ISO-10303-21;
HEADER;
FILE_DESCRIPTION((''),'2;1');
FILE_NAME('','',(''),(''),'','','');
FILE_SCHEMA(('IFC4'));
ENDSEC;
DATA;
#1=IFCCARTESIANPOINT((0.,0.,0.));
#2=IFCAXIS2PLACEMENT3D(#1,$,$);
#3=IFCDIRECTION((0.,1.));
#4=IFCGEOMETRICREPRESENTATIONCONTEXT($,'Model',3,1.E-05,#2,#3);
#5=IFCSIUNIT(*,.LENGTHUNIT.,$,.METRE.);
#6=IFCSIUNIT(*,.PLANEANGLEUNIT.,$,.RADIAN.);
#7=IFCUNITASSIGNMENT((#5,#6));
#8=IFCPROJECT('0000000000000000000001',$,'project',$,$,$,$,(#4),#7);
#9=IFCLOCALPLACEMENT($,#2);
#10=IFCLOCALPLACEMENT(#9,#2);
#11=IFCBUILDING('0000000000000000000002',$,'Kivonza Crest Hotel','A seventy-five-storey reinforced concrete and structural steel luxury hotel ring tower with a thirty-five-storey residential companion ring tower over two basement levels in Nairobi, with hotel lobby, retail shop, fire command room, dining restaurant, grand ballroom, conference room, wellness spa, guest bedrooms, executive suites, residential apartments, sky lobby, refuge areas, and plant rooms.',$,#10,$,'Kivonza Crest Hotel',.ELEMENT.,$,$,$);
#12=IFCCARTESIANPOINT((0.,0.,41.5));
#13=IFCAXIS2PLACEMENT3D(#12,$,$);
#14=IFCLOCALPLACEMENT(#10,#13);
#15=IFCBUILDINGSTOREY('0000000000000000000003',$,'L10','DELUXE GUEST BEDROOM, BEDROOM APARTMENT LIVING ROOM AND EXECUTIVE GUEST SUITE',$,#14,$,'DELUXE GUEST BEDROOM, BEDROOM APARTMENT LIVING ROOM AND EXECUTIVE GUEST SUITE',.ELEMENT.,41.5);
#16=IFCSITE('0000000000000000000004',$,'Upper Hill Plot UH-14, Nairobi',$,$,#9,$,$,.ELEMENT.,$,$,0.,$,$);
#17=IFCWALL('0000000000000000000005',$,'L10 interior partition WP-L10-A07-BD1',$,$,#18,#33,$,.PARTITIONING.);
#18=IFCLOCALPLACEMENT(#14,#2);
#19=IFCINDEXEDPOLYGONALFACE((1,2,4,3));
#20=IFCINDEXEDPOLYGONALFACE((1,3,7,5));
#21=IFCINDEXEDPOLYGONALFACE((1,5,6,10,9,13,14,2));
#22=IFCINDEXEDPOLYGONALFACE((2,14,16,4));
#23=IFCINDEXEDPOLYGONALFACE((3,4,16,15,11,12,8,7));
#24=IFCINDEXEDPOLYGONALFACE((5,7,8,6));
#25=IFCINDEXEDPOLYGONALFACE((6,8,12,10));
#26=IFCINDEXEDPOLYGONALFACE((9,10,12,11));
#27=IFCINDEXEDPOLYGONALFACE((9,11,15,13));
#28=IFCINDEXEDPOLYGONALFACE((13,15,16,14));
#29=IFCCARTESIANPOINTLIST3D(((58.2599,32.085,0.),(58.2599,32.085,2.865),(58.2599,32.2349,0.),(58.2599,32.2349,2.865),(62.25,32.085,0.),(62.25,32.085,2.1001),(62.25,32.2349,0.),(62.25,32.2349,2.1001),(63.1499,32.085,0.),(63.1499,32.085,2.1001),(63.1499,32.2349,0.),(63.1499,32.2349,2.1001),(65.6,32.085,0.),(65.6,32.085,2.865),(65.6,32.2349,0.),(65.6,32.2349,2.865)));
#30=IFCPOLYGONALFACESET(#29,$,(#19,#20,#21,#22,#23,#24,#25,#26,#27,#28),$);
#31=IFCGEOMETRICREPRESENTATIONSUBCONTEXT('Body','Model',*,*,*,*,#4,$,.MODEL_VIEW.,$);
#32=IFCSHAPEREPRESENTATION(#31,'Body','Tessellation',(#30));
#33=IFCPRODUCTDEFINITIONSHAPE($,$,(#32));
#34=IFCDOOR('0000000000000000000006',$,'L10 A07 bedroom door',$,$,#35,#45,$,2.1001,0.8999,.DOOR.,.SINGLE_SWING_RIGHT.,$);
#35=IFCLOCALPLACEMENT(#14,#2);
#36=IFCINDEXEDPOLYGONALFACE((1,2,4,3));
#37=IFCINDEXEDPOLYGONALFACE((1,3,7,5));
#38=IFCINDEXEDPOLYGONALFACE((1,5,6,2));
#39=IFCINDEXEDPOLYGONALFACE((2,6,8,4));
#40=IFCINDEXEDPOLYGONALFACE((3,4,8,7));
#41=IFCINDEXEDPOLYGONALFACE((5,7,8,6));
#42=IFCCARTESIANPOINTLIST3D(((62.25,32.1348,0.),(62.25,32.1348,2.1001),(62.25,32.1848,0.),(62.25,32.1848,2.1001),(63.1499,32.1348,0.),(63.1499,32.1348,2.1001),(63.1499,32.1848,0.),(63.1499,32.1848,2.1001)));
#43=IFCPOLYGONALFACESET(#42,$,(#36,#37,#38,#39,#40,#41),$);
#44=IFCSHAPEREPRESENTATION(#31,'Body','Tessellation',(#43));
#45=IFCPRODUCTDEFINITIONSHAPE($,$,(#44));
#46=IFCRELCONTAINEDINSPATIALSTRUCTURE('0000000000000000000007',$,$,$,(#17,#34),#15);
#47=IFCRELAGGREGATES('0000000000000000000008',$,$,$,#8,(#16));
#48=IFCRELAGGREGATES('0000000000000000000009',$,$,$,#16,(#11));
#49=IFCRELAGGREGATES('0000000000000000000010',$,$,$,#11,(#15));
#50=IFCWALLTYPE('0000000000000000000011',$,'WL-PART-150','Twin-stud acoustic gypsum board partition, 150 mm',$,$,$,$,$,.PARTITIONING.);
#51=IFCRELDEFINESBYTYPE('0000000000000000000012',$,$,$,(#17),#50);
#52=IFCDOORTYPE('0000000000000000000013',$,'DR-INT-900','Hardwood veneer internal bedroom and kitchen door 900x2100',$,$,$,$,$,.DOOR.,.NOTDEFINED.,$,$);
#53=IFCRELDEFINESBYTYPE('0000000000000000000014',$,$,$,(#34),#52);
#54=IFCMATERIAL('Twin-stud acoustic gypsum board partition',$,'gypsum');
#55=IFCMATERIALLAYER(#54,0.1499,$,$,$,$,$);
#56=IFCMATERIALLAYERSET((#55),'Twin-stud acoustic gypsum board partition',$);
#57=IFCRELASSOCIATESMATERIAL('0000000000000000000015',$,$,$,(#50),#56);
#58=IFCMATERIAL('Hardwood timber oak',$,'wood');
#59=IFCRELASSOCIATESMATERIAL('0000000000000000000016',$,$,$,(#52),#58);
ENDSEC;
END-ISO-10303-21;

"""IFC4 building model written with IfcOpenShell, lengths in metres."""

from ifc_helpers import new_model, si_unit, direction, frame, frame_2d, origin, place, context, subcontext, project, spatial, rectangle, extrude, material, layer, layer_set, type_object, element, fill, save


model = new_model("IFC4")

# Units and contexts
model_context = context("Model", 3, precision=1e-05, world=origin(), true_north=direction((0.0, 1.0)))
body_context = subcontext(model_context, "Body", "Model", "MODEL_VIEW")
ifc_project = project(units=[si_unit("LENGTHUNIT", "METRE"), si_unit("PLANEANGLEUNIT", "RADIAN")], contexts=[model_context])

# Site, building, storey
site_placement = place(None, origin())
site = spatial("IfcSite", under=ifc_project, at=site_placement, Name="Upper Hill Plot UH-14, Nairobi", CompositionType="ELEMENT", RefElevation=0.0)
building_placement = place(site_placement, origin())
building = spatial("IfcBuilding", under=site, at=building_placement, Name="Kivonza Crest Hotel", Description="A seventy-five-storey reinforced concrete and structural steel luxury hotel ring tower with a thirty-five-storey residential companion ring tower over two basement levels in Nairobi, with hotel lobby, retail shop, fire command room, dining restaurant, grand ballroom, conference room, wellness spa, guest bedrooms, executive suites, residential apartments, sky lobby, refuge areas, and plant rooms.", LongName="Kivonza Crest Hotel", CompositionType="ELEMENT")
storey_placement = place(building_placement, frame((0.0, 0.0, 41.5)))
storey = spatial("IfcBuildingStorey", under=building, at=storey_placement, Name="L10", Description="DELUXE GUEST BEDROOM, BEDROOM APARTMENT LIVING ROOM AND EXECUTIVE GUEST SUITE", LongName="DELUXE GUEST BEDROOM, BEDROOM APARTMENT LIVING ROOM AND EXECUTIVE GUEST SUITE", CompositionType="ELEMENT", Elevation=41.5)

# Wall, opening, door
ifc_material_1 = material(Name="Twin-stud acoustic gypsum board partition", Category="gypsum")
ifc_layer_1 = layer(ifc_material_1, 0.1499)
ifc_layer_set_1 = layer_set([ifc_layer_1], Name="Twin-stud acoustic gypsum board partition")
wall_type_1 = type_object("IfcWallType", Name="WL-PART-150", Description="Twin-stud acoustic gypsum board partition, 150 mm", PredefinedType="PARTITIONING", material=ifc_layer_set_1)
wall_1_placement = place(storey_placement, frame((58.26, 32.1599, 0.0), z_axis=(0.0, 0.0, 1.0), x_axis=(1.0, 0.0, 0.0)))
wall_1 = element("IfcWall", 1, at=wall_1_placement, inside=storey, type_object=wall_type_1, Name="L10 interior partition WP-L10-A07-BD1", PredefinedType="PARTITIONING", context=body_context, shape_type="SweptSolid", body=[
    extrude(rectangle(XDim=7.3401, YDim=0.1499, at=frame_2d((3.6699, 0.0))), origin(), (0.0, 0.0, 1.0), 2.865),
])
opening_1_placement = place(wall_1_placement, frame((3.99, 0.0, 0.0)))
opening_1 = element("IfcOpeningElement", 2, at=opening_1_placement, cuts=wall_1, PredefinedType="OPENING", context=body_context, shape_type="SweptSolid", body=[
    extrude(rectangle(XDim=0.8999, YDim=2.1001, at=frame_2d((0.45, 1.05))), frame((0.0, 0.085, 0.0), z_axis=(0.0, -1.0, 0.0), x_axis=(1.0, 0.0, 0.0)), (0.0, 0.0, 1.0), 0.1699),
])
ifc_material_2 = material(Name="Hardwood timber oak", Category="wood")
door_type = type_object("IfcDoorType", Name="DR-INT-900", Description="Hardwood veneer internal bedroom and kitchen door 900x2100", OperationType="NOTDEFINED", PredefinedType="DOOR", material=ifc_material_2)
door_placement = place(opening_1_placement, origin())
door = element("IfcDoor", 3, at=door_placement, inside=storey, type_object=door_type, Name="L10 A07 bedroom door", OperationType="SINGLE_SWING_RIGHT", OverallHeight=2.1001, OverallWidth=0.8999, PredefinedType="DOOR", context=body_context, shape_type="SweptSolid", body=[
    extrude(rectangle(XDim=0.8999, YDim=2.1001, at=frame_2d((0.45, 1.05))), frame((0.0, 0.0249, 0.0), z_axis=(0.0, -1.0, 0.0), x_axis=(1.0, 0.0, 0.0)), (0.0, 0.0, 1.0), 0.05),
])
fill(opening_1, door)

save(model, "model.ifc")
